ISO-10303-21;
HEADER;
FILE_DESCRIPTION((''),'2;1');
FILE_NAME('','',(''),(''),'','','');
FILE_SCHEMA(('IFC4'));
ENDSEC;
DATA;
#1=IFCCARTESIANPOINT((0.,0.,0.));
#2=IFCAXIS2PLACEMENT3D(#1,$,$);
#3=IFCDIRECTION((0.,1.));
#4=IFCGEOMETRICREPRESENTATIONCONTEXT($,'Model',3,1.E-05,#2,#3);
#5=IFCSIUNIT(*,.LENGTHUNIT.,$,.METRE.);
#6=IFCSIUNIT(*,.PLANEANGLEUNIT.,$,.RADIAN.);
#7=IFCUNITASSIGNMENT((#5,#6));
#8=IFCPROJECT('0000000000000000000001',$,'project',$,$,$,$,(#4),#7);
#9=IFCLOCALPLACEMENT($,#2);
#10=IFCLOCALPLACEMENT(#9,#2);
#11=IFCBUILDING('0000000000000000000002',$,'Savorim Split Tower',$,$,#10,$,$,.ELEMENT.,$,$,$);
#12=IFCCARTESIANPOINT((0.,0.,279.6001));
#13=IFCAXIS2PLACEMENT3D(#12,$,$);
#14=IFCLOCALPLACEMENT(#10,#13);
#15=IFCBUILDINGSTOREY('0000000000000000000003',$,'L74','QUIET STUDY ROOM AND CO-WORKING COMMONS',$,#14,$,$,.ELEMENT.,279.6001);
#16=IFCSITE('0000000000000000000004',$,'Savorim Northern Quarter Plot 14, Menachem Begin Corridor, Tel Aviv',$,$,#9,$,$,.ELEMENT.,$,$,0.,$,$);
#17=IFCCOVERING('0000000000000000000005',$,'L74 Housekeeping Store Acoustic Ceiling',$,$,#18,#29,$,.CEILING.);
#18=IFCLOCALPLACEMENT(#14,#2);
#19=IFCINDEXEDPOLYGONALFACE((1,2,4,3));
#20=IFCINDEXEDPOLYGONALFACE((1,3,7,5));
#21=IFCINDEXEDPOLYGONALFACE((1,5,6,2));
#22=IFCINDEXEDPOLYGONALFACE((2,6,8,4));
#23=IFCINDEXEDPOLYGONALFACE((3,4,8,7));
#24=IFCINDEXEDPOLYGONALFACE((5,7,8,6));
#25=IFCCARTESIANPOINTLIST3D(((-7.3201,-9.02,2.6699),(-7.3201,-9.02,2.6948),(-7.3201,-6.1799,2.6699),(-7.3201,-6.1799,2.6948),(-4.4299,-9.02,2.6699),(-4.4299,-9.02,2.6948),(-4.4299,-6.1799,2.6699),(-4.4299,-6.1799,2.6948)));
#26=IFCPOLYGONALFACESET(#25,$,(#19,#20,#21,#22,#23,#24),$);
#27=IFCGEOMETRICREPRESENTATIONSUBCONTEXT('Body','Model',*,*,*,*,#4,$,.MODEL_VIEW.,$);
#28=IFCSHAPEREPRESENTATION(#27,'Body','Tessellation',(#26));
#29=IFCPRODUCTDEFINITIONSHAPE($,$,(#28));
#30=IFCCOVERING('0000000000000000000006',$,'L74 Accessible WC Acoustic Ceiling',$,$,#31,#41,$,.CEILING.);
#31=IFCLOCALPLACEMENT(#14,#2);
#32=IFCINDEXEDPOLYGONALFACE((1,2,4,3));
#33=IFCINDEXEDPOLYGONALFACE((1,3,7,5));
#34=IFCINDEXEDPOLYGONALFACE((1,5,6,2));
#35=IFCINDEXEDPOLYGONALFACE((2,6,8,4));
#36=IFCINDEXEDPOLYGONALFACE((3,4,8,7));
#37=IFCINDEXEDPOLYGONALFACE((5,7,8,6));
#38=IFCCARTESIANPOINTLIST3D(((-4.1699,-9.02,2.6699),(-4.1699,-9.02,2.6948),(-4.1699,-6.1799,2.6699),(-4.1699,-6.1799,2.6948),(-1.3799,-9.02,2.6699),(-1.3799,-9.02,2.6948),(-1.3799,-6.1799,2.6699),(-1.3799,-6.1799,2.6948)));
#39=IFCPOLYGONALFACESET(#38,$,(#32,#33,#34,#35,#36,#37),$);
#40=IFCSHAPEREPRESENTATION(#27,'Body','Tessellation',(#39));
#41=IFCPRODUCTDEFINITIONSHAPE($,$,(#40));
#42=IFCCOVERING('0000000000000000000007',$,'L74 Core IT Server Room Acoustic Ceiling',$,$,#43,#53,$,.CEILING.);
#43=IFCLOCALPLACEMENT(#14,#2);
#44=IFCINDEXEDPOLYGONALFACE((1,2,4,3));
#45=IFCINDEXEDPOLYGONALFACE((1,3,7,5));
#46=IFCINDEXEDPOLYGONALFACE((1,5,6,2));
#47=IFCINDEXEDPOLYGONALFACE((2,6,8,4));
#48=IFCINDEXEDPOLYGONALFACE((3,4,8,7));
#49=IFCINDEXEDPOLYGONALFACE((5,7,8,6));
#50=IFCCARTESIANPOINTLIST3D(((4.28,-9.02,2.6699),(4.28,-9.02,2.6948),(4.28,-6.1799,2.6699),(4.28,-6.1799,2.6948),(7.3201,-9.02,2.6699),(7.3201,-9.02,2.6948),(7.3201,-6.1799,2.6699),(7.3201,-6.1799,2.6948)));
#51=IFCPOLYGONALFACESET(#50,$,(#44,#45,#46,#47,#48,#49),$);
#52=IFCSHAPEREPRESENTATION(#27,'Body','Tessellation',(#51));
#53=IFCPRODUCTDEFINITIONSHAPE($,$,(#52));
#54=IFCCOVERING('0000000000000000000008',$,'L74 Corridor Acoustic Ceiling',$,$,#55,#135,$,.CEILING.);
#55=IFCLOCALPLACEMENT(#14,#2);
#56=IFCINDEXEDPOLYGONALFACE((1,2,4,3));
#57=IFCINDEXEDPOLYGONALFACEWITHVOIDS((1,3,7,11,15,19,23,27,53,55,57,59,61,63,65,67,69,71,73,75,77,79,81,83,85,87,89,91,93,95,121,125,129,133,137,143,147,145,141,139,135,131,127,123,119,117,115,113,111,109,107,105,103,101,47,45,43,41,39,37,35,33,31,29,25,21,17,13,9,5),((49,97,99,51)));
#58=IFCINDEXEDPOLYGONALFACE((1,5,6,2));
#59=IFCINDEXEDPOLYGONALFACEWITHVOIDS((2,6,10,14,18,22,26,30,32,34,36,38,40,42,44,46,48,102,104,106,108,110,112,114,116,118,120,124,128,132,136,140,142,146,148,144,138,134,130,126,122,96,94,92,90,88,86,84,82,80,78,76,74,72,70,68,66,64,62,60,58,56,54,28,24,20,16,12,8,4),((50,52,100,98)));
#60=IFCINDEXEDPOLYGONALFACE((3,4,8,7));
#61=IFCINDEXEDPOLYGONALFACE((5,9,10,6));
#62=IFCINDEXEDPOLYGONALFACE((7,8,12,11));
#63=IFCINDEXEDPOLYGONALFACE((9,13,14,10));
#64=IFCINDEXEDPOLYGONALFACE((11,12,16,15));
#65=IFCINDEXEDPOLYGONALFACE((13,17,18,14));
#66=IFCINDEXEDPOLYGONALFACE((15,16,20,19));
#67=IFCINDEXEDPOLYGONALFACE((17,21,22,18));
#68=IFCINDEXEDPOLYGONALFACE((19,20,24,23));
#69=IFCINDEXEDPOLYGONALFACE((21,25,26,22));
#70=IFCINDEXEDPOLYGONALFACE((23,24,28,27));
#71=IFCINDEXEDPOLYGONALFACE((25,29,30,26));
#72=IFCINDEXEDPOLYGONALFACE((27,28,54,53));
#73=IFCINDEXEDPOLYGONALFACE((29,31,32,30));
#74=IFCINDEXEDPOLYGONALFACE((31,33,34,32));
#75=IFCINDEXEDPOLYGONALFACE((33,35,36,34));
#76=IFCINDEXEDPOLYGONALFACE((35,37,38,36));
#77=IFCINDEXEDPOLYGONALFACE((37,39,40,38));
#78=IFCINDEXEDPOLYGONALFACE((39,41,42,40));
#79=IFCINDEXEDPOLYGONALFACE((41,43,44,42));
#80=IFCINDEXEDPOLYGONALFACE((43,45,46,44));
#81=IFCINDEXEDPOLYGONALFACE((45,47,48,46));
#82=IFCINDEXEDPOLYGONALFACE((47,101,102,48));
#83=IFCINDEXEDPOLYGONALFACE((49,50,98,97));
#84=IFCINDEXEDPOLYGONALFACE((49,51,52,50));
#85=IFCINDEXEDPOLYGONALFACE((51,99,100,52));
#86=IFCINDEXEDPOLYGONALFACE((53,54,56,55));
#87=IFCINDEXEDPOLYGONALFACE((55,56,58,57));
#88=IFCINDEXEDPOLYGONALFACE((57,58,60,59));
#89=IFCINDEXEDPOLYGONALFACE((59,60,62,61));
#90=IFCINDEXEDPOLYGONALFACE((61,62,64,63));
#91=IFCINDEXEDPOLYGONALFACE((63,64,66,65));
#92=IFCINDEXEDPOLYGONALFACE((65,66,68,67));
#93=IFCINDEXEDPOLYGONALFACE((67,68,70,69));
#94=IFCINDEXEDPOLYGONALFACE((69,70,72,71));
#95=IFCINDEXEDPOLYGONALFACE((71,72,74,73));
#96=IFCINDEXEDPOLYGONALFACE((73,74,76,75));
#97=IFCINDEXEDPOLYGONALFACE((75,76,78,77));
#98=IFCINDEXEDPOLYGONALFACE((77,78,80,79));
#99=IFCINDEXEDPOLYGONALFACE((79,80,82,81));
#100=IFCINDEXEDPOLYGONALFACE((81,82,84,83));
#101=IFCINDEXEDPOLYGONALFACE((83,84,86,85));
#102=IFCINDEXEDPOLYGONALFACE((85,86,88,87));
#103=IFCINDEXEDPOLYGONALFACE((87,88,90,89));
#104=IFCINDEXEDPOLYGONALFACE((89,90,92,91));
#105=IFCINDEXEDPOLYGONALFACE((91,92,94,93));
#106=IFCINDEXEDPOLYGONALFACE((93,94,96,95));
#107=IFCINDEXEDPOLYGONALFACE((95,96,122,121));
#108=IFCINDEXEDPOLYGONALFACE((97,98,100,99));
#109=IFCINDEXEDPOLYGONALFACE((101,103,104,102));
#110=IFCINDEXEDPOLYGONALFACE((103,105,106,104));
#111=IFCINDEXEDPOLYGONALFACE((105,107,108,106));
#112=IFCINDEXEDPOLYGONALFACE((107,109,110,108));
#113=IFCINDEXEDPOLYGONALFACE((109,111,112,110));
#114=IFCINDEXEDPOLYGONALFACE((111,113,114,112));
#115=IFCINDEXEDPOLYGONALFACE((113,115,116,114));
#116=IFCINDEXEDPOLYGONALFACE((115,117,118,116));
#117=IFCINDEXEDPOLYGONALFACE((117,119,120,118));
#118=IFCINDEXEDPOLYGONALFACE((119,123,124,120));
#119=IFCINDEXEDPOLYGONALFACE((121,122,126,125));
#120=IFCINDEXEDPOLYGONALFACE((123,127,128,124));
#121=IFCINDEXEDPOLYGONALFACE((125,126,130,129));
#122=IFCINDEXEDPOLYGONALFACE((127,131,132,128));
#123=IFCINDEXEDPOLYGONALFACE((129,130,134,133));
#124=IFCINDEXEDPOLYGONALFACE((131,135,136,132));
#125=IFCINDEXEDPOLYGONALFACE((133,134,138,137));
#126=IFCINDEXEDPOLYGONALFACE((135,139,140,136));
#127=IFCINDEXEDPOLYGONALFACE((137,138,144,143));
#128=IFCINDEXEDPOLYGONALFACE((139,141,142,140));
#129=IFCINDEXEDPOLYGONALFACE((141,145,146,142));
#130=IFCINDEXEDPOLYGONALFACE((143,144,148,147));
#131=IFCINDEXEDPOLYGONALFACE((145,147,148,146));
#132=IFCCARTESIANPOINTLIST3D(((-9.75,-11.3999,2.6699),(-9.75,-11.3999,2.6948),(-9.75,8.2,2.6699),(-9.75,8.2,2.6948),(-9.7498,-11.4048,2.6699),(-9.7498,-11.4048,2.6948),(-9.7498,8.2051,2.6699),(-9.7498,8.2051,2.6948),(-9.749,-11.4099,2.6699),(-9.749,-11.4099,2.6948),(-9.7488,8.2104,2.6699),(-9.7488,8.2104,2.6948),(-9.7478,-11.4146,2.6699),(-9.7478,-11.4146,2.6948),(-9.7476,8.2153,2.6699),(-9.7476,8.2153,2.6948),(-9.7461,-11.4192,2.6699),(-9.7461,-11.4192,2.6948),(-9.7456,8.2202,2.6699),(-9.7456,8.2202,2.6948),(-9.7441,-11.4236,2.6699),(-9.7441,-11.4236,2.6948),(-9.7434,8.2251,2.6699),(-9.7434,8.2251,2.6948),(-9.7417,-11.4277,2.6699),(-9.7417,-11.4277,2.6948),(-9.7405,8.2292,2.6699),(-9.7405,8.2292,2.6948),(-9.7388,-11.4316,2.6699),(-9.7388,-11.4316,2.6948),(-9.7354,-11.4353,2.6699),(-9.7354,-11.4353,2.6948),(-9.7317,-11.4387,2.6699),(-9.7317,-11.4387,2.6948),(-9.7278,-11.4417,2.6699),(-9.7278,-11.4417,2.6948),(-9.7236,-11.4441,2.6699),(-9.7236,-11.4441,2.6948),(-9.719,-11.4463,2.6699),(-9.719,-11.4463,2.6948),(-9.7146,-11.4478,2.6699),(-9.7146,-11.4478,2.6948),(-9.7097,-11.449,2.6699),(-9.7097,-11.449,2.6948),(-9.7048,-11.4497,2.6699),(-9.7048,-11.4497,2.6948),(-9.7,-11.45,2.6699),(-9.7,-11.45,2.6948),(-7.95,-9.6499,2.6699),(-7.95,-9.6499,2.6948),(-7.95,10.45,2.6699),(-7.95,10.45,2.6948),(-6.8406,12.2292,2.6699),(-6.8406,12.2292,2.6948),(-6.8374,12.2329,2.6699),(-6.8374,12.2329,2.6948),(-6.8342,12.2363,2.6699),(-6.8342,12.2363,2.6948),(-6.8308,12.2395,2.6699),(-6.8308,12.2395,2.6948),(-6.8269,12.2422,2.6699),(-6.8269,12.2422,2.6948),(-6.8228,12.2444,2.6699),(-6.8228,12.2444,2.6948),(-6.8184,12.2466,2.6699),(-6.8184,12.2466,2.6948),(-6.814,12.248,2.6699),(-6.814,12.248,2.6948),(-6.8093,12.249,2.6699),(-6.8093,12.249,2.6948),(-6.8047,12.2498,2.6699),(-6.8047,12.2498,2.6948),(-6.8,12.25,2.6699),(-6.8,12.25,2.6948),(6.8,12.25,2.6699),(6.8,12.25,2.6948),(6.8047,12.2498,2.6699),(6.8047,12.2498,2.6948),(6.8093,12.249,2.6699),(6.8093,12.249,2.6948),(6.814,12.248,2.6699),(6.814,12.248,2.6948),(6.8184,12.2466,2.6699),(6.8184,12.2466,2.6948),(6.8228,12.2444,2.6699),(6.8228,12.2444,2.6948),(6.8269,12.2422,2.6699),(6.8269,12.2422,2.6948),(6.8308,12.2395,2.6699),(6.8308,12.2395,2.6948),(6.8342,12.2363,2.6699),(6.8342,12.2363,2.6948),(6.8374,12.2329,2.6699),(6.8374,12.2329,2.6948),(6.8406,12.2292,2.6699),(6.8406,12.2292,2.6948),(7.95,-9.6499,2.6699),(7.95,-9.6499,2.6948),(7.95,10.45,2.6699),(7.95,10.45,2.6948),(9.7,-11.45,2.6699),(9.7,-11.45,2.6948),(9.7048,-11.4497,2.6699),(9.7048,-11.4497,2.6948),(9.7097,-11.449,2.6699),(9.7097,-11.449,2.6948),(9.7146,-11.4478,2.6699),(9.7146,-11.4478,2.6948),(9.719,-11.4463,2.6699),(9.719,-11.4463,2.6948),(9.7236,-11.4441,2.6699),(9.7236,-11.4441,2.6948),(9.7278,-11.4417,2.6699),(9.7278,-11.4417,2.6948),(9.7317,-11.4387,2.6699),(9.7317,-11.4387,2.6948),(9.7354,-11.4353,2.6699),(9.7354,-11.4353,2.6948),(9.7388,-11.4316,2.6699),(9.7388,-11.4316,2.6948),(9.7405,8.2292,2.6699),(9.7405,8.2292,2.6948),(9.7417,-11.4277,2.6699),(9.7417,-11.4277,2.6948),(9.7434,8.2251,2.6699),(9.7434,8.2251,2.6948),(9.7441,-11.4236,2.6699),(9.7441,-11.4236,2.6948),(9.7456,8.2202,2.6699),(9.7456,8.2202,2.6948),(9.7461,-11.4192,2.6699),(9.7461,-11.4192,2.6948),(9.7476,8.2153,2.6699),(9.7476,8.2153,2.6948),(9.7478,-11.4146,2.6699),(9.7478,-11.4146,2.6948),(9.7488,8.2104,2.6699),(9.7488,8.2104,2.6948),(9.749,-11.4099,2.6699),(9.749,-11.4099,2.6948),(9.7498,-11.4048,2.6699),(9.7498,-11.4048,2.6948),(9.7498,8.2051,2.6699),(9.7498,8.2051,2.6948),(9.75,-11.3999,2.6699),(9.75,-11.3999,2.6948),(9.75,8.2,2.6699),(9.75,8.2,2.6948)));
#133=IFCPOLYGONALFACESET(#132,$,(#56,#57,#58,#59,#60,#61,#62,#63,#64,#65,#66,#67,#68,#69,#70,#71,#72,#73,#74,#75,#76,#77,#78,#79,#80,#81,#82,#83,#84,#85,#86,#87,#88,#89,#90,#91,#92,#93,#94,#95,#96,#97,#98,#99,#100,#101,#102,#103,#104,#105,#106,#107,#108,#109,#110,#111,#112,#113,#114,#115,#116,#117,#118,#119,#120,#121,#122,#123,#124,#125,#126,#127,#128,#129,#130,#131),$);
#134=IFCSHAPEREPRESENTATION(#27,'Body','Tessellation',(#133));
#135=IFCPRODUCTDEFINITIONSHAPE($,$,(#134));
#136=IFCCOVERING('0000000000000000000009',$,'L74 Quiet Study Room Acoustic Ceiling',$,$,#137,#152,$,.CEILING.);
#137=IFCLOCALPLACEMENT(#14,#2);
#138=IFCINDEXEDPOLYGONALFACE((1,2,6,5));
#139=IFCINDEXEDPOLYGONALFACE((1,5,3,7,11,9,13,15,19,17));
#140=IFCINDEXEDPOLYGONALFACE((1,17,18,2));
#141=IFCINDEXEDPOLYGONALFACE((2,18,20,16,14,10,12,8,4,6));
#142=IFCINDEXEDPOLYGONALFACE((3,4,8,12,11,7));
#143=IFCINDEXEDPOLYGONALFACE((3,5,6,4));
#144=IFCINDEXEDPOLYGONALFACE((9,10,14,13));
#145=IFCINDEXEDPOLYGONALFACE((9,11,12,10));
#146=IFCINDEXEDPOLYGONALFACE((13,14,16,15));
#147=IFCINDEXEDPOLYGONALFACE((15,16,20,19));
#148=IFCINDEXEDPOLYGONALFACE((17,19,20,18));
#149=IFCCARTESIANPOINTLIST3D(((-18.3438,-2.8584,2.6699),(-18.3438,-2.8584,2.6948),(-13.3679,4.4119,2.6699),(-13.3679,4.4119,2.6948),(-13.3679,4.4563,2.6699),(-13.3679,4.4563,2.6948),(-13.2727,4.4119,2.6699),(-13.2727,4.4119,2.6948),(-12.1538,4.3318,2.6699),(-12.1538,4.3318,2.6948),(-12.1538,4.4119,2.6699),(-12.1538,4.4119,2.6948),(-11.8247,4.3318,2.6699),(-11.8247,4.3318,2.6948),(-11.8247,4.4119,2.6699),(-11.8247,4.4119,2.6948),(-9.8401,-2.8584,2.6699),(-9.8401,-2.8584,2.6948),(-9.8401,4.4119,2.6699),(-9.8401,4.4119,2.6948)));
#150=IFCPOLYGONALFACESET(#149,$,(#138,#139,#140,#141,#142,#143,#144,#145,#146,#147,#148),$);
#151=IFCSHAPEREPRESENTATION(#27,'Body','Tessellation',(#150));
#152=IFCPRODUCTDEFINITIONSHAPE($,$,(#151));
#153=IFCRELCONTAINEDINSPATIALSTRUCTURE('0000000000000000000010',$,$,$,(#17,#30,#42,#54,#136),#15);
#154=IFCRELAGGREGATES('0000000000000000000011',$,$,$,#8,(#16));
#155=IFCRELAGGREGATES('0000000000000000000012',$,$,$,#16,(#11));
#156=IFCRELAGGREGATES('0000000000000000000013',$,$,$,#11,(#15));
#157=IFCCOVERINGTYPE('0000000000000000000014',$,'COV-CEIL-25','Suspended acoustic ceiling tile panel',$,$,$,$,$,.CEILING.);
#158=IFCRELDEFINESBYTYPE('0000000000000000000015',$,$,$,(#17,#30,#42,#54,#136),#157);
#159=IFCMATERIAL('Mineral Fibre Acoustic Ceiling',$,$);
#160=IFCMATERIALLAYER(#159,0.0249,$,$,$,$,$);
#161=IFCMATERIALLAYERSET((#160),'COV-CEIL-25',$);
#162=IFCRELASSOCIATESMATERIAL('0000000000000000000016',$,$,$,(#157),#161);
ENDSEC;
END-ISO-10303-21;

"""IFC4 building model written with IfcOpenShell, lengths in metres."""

from ifc_helpers import new_model, si_unit, direction, frame, origin, place, context, subcontext, project, spatial, polyline, outline, extrude, material, layer, layer_set, type_object, element, save


model = new_model("IFC4")

# Units and contexts
model_context = context("Model", 3, precision=1e-05, world=origin(), true_north=direction((0.0, 1.0)))
body_context = subcontext(model_context, "Body", "Model", "MODEL_VIEW")
ifc_project = project(units=[si_unit("LENGTHUNIT", "METRE"), si_unit("PLANEANGLEUNIT", "RADIAN")], contexts=[model_context])

# Site, building, storey
site_placement = place(None, origin())
site = spatial("IfcSite", under=ifc_project, at=site_placement, Name="Savorim Northern Quarter Plot 14, Menachem Begin Corridor, Tel Aviv", CompositionType="ELEMENT", RefElevation=0.0)
building_placement = place(site_placement, origin())
building = spatial("IfcBuilding", under=site, at=building_placement, Name="Savorim Split Tower", CompositionType="ELEMENT")
storey_placement = place(building_placement, frame((0.0, 0.0, 279.6001)))
storey = spatial("IfcBuildingStorey", under=building, at=storey_placement, Name="L74", Description="QUIET STUDY ROOM AND CO-WORKING COMMONS", CompositionType="ELEMENT", Elevation=279.6001)

# Coverings
ifc_material_1 = material(Name="Mineral Fibre Acoustic Ceiling")
ifc_layer_1 = layer(ifc_material_1, 0.0249)
ifc_layer_set_1 = layer_set([ifc_layer_1], Name="COV-CEIL-25")
covering_type_1 = type_object("IfcCoveringType", Name="COV-CEIL-25", Description="Suspended acoustic ceiling tile panel", PredefinedType="CEILING", material=ifc_layer_set_1)
covering_1_placement = place(storey_placement, frame((0.0, 0.0, 2.6699)))
element("IfcCovering", 1, at=covering_1_placement, inside=storey, type_object=covering_type_1, Name="L74 Housekeeping Store Acoustic Ceiling", PredefinedType="CEILING", context=body_context, shape_type="SweptSolid", body=[
    extrude(outline(polyline([(-7.3201, -6.1799), (-7.3201, -9.02), (-4.4299, -9.02), (-4.4299, -6.1799), (-7.3201, -6.1799)])), origin(), (0.0, 0.0, 1.0), 0.0249),
])
covering_2_placement = place(storey_placement, frame((0.0, 0.0, 2.6699)))
element("IfcCovering", 2, at=covering_2_placement, inside=storey, type_object=covering_type_1, Name="L74 Accessible WC Acoustic Ceiling", PredefinedType="CEILING", context=body_context, shape_type="SweptSolid", body=[
    extrude(outline(polyline([(-4.1699, -6.1799), (-4.1699, -9.02), (-1.3799, -9.02), (-1.3799, -6.1799), (-4.1699, -6.1799)])), origin(), (0.0, 0.0, 1.0), 0.0249),
])
covering_3_placement = place(storey_placement, frame((0.0, 0.0, 2.6699)))
element("IfcCovering", 3, at=covering_3_placement, inside=storey, type_object=covering_type_1, Name="L74 Core IT Server Room Acoustic Ceiling", PredefinedType="CEILING", context=body_context, shape_type="SweptSolid", body=[
    extrude(outline(polyline([(4.28, -6.1799), (4.28, -9.02), (7.3201, -9.02), (7.3201, -6.1799), (4.28, -6.1799)])), origin(), (0.0, 0.0, 1.0), 0.0249),
])
covering_4_placement = place(storey_placement, frame((0.0, 0.0, 2.6699)))
element("IfcCovering", 4, at=covering_4_placement, inside=storey, type_object=covering_type_1, Name="L74 Corridor Acoustic Ceiling", PredefinedType="CEILING", context=body_context, shape_type="SweptSolid", body=[
    extrude(outline(polyline([(6.8093, 12.249), (6.8047, 12.2498), (6.8, 12.25), (-6.8, 12.25), (-6.8047, 12.2498), (-6.8093, 12.249), (-6.814, 12.248), (-6.8184, 12.2466), (-6.8228, 12.2444), (-6.8269, 12.2422), (-6.8308, 12.2395), (-6.8342, 12.2363), (-6.8374, 12.2329), (-6.8406, 12.2292), (-9.7405, 8.2292), (-9.7434, 8.2251), (-9.7456, 8.2202), (-9.7476, 8.2153), (-9.7488, 8.2104), (-9.7498, 8.2051), (-9.75, 8.2), (-9.75, -11.3999), (-9.7498, -11.4048), (-9.749, -11.4099), (-9.7478, -11.4146), (-9.7461, -11.4192), (-9.7441, -11.4236), (-9.7417, -11.4277), (-9.7388, -11.4316), (-9.7354, -11.4353), (-9.7317, -11.4387), (-9.7278, -11.4417), (-9.7236, -11.4441), (-9.719, -11.4463), (-9.7146, -11.4478), (-9.7097, -11.449), (-9.7048, -11.4497), (-9.7, -11.45), (9.7, -11.45), (9.7048, -11.4497), (9.7097, -11.449), (9.7146, -11.4478), (9.719, -11.4463), (9.7236, -11.4441), (9.7278, -11.4417), (9.7317, -11.4387), (9.7354, -11.4353), (9.7388, -11.4316), (9.7417, -11.4277), (9.7441, -11.4236), (9.7461, -11.4192), (9.7478, -11.4146), (9.749, -11.4099), (9.7498, -11.4048), (9.75, -11.3999), (9.75, 8.2), (9.7498, 8.2051), (9.7488, 8.2104), (9.7476, 8.2153), (9.7456, 8.2202), (9.7434, 8.2251), (9.7405, 8.2292), (6.8406, 12.2292), (6.8374, 12.2329), (6.8342, 12.2363), (6.8308, 12.2395), (6.8269, 12.2422), (6.8228, 12.2444), (6.8184, 12.2466), (6.814, 12.248), (6.8093, 12.249)]), holes=[polyline([(-7.95, 10.45), (-7.95, -9.6499), (7.95, -9.6499), (7.95, 10.45), (-7.95, 10.45)])]), origin(), (0.0, 0.0, 1.0), 0.0249),
])
covering_5_placement = place(storey_placement, frame((0.0, 0.0, 2.6699)))
element("IfcCovering", 5, at=covering_5_placement, inside=storey, type_object=covering_type_1, Name="L74 Quiet Study Room Acoustic Ceiling", PredefinedType="CEILING", context=body_context, shape_type="SweptSolid", body=[
    extrude(outline(polyline([(-13.2727, 4.4119), (-13.3679, 4.4119), (-13.3679, 4.4563), (-18.3438, -2.8584), (-9.8401, -2.8584), (-9.8401, 4.4119), (-11.8247, 4.4119), (-11.8247, 4.3318), (-12.1538, 4.3318), (-12.1538, 4.4119), (-13.2727, 4.4119)])), origin(), (0.0, 0.0, 1.0), 0.0249),
])

save(model, "model.ifc")
